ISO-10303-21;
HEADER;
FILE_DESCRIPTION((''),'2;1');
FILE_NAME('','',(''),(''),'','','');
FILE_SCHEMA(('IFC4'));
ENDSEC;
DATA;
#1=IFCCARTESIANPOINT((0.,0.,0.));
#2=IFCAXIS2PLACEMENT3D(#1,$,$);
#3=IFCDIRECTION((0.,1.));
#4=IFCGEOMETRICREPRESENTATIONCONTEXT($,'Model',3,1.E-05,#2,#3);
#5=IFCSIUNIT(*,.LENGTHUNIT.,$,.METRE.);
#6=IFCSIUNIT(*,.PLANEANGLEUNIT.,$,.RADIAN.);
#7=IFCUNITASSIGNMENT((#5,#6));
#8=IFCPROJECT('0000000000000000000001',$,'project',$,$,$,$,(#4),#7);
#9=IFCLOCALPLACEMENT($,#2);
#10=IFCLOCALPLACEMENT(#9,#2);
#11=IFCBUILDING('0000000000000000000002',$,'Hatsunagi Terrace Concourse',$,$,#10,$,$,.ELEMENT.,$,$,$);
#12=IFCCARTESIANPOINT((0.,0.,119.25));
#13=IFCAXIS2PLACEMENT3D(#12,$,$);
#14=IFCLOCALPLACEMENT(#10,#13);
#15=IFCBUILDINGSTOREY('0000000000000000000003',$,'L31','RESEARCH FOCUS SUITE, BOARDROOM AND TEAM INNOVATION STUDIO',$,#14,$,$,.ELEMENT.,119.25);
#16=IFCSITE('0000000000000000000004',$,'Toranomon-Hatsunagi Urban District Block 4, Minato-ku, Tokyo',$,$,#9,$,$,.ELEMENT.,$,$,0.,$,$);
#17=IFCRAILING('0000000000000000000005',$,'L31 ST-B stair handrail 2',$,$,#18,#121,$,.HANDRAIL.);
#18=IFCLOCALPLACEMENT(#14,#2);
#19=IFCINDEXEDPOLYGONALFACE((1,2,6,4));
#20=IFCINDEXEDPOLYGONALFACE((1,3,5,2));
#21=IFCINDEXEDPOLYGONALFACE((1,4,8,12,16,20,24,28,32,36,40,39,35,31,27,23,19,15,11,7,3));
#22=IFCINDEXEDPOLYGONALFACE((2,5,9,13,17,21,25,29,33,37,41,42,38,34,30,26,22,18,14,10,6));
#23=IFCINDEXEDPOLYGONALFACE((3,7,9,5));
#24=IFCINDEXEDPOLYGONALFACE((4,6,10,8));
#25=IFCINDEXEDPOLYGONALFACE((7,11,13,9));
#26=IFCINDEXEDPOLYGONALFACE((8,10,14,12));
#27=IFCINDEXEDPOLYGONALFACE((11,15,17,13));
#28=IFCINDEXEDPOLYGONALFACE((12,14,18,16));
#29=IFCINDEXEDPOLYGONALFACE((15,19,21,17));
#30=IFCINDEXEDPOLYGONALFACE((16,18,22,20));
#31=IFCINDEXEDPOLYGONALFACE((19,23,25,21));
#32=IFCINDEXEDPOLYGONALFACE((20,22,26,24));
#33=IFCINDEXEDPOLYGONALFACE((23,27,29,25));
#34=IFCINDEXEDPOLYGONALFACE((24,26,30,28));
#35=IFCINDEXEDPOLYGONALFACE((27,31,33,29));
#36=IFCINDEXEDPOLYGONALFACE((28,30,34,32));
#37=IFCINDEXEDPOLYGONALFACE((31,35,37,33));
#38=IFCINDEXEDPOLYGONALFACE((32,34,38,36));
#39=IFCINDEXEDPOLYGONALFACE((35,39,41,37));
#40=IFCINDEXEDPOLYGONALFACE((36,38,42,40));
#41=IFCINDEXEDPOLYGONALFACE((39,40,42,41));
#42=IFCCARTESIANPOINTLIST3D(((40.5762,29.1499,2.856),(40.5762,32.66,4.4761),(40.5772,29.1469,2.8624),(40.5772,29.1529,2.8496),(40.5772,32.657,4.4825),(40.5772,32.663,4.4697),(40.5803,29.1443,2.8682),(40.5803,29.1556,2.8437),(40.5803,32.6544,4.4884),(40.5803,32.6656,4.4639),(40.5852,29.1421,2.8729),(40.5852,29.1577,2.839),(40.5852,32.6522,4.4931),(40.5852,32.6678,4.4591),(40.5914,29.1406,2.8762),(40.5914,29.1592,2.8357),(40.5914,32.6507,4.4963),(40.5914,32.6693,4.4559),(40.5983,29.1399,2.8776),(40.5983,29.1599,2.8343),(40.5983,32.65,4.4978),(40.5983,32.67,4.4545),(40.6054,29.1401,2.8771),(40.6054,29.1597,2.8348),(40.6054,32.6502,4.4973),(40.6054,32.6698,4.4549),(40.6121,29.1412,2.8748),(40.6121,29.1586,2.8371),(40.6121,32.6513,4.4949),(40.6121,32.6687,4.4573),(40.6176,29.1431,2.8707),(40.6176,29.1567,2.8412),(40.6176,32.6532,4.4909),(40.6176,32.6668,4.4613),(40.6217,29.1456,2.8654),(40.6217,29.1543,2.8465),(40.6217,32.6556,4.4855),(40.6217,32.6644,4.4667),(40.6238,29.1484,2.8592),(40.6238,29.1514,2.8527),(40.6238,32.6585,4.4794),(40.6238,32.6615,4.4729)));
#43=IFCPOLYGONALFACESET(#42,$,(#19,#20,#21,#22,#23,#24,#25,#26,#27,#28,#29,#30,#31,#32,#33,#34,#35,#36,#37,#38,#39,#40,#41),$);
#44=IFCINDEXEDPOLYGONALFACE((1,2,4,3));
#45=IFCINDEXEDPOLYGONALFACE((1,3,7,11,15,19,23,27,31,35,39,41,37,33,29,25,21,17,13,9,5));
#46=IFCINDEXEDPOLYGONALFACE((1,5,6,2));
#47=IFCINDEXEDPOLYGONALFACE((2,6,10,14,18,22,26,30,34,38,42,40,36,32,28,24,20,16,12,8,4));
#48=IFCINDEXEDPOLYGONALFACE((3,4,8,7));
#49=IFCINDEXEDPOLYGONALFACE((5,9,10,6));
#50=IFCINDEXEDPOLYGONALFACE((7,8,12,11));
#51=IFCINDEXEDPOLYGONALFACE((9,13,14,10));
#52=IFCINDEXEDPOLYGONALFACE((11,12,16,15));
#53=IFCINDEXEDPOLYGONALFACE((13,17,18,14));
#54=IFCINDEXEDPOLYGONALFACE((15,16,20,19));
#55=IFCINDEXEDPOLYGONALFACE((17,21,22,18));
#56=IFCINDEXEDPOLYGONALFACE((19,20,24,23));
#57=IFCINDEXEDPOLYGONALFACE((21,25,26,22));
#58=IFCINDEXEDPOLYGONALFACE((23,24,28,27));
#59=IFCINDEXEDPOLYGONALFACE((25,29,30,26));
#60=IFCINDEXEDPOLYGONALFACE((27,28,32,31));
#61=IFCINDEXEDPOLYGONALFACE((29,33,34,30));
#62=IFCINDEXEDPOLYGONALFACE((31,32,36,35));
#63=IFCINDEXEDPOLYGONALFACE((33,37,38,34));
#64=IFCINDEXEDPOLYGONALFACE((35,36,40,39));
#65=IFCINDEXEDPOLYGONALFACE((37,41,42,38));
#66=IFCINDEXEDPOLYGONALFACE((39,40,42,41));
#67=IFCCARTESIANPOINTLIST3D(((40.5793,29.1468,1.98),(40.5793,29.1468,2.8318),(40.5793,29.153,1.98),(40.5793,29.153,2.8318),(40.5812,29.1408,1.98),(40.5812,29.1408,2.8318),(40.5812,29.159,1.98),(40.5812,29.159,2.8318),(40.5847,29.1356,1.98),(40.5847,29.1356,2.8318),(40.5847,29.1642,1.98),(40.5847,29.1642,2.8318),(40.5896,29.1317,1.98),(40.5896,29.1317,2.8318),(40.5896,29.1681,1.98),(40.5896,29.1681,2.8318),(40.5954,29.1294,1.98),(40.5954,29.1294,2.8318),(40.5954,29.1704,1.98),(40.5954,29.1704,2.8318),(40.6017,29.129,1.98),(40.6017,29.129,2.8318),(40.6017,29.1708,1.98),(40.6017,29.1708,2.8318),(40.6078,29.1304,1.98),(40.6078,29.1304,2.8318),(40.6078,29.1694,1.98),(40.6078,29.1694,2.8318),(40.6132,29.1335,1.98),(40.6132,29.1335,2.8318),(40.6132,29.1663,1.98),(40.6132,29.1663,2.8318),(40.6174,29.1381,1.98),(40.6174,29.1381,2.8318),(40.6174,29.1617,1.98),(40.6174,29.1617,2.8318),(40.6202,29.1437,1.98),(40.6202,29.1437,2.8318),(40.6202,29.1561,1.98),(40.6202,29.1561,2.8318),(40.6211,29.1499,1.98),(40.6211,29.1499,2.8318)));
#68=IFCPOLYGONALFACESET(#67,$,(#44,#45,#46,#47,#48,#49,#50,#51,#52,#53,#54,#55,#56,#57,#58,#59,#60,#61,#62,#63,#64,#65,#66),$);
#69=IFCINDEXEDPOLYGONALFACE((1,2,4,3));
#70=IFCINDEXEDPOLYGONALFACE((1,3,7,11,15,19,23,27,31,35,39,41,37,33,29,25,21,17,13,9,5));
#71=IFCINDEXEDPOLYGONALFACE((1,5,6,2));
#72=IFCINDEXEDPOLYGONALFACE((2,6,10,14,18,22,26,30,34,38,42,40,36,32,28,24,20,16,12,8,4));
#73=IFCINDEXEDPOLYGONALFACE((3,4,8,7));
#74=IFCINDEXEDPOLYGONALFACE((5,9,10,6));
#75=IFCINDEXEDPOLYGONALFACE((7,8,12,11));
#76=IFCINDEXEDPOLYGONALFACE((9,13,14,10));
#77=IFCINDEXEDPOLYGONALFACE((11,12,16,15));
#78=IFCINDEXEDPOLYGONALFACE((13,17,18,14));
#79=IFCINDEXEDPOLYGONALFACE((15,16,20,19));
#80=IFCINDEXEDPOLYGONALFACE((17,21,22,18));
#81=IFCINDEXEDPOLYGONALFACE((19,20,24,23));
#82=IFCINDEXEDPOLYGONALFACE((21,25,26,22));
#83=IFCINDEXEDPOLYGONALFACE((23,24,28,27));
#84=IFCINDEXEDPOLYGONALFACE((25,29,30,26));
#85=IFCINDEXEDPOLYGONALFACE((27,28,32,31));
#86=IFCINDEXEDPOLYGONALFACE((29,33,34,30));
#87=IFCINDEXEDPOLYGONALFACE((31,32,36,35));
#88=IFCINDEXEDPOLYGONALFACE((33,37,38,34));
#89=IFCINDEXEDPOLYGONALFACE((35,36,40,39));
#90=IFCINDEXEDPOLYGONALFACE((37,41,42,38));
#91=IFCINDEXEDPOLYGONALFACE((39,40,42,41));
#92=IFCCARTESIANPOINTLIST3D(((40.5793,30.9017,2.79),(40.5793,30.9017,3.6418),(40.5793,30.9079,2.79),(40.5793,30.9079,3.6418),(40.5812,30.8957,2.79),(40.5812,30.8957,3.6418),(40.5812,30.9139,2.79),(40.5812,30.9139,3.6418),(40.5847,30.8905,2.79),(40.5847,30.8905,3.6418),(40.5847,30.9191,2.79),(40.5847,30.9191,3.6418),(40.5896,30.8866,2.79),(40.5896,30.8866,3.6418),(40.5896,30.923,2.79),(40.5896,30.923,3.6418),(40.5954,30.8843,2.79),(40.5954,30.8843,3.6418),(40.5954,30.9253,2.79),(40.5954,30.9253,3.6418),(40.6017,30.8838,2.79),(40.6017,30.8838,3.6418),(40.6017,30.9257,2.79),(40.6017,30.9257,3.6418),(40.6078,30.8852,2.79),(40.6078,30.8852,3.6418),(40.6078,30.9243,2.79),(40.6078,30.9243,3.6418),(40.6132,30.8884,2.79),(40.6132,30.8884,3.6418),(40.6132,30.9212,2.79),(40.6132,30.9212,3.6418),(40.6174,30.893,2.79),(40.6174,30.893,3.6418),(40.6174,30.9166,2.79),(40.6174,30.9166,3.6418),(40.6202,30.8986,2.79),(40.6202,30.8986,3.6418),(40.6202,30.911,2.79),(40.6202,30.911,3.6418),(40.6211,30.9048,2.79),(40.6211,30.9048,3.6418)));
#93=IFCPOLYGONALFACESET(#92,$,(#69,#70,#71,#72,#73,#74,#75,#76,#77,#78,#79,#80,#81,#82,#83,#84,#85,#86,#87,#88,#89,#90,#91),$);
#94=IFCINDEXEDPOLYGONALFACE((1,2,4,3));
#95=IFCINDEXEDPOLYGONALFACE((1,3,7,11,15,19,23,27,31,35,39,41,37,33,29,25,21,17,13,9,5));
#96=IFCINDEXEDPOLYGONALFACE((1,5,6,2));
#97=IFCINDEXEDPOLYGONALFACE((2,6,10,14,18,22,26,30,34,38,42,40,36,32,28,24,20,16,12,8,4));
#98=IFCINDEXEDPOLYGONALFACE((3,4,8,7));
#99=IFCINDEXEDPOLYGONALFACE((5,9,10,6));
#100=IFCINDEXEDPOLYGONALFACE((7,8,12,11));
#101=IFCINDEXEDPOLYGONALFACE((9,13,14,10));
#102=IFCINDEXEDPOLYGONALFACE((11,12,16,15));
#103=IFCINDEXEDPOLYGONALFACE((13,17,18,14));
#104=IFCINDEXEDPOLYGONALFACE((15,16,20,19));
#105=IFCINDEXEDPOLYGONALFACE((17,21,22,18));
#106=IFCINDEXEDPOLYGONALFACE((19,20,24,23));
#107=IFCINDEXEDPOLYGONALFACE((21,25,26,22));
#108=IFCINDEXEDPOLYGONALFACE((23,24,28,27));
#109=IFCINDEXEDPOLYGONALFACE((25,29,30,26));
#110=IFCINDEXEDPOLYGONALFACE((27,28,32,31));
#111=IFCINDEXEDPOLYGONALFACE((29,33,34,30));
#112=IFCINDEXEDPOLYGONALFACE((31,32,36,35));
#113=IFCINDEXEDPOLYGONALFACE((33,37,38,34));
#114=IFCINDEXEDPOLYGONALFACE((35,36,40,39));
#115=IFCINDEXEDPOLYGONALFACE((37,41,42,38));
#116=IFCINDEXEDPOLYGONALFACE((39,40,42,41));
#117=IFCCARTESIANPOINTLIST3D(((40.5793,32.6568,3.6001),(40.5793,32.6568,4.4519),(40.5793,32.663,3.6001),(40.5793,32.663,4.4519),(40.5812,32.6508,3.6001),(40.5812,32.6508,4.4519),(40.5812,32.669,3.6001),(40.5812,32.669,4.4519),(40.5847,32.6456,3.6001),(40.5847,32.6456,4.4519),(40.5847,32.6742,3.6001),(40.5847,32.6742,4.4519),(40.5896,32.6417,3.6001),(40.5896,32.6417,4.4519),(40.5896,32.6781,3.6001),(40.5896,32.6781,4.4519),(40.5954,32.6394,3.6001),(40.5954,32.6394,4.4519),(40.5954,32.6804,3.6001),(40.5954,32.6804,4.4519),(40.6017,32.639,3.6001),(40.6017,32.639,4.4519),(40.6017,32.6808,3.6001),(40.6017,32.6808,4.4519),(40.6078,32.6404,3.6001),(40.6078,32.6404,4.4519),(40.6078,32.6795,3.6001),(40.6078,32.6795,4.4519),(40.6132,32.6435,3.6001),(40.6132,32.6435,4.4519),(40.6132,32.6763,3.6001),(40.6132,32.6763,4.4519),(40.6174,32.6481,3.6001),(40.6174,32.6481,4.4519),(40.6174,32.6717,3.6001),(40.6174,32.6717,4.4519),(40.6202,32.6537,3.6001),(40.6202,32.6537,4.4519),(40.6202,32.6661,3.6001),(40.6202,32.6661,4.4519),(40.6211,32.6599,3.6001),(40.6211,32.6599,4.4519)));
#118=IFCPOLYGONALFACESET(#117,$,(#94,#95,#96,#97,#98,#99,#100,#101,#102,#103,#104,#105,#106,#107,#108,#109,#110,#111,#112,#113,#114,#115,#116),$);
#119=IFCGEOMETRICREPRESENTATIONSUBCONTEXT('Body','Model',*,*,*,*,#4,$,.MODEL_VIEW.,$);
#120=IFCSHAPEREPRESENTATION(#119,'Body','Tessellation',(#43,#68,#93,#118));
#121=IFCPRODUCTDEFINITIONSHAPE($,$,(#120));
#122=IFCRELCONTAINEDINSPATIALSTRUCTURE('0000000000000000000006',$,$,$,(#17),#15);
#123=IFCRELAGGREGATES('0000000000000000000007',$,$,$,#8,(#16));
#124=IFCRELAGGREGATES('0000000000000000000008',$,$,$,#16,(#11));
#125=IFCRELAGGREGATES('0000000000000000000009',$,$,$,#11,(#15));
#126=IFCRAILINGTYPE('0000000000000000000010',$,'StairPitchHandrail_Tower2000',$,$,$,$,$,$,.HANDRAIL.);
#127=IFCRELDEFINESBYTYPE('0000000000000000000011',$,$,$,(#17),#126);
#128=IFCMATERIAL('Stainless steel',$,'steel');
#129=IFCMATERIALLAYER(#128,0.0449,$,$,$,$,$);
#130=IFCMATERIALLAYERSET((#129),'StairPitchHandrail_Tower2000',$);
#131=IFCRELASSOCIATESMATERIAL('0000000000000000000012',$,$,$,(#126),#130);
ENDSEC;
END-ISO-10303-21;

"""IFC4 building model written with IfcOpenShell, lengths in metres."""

from ifc_helpers import new_model, si_unit, direction, frame, origin, origin_2d, place, context, subcontext, project, spatial, circle, extrude, material, layer, layer_set, type_object, element, save


model = new_model("IFC4")

# Units and contexts
model_context = context("Model", 3, precision=1e-05, world=origin(), true_north=direction((0.0, 1.0)))
body_context = subcontext(model_context, "Body", "Model", "MODEL_VIEW")
ifc_project = project(units=[si_unit("LENGTHUNIT", "METRE"), si_unit("PLANEANGLEUNIT", "RADIAN")], contexts=[model_context])

# Site, building, storey
site_placement = place(None, origin())
site = spatial("IfcSite", under=ifc_project, at=site_placement, Name="Toranomon-Hatsunagi Urban District Block 4, Minato-ku, Tokyo", CompositionType="ELEMENT", RefElevation=0.0)
building_placement = place(site_placement, origin())
building = spatial("IfcBuilding", under=site, at=building_placement, Name="Hatsunagi Terrace Concourse", CompositionType="ELEMENT")
storey_placement = place(building_placement, frame((0.0, 0.0, 119.25)))
storey = spatial("IfcBuildingStorey", under=building, at=storey_placement, Name="L31", Description="RESEARCH FOCUS SUITE, BOARDROOM AND TEAM INNOVATION STUDIO", CompositionType="ELEMENT", Elevation=119.25)

# Railing
ifc_material_1 = material(Name="Stainless steel", Category="steel")
ifc_layer_1 = layer(ifc_material_1, 0.0449)
ifc_layer_set_1 = layer_set([ifc_layer_1], Name="StairPitchHandrail_Tower2000")
railing_type = type_object("IfcRailingType", Name="StairPitchHandrail_Tower2000", PredefinedType="HANDRAIL", material=ifc_layer_set_1)
railing_placement = place(storey_placement, frame((40.6001, 29.1499, 1.98)))
element("IfcRailing", 1, at=railing_placement, inside=storey, type_object=railing_type, Name="L31 ST-B stair handrail 2", PredefinedType="HANDRAIL", context=body_context, shape_type="SweptSolid", body=[
    extrude(circle(Radius=0.0239, at=origin_2d()), frame((0.0, 0.0, 0.876), z_axis=(0.0, 0.907948, 0.419082), x_axis=(-1.0, 0.0, 0.0)), (0.0, 0.0, 1.0), 3.866),
    extrude(circle(Radius=0.021, at=origin_2d()), origin(), (0.0, 0.0, 1.0), 0.8518),
    extrude(circle(Radius=0.021, at=origin_2d()), frame((0.0, 1.7549, 0.8101)), (0.0, 0.0, 1.0), 0.8518),
    extrude(circle(Radius=0.021, at=origin_2d()), frame((0.0, 3.51, 1.6201)), (0.0, 0.0, 1.0), 0.8518),
])

save(model, "model.ifc")
